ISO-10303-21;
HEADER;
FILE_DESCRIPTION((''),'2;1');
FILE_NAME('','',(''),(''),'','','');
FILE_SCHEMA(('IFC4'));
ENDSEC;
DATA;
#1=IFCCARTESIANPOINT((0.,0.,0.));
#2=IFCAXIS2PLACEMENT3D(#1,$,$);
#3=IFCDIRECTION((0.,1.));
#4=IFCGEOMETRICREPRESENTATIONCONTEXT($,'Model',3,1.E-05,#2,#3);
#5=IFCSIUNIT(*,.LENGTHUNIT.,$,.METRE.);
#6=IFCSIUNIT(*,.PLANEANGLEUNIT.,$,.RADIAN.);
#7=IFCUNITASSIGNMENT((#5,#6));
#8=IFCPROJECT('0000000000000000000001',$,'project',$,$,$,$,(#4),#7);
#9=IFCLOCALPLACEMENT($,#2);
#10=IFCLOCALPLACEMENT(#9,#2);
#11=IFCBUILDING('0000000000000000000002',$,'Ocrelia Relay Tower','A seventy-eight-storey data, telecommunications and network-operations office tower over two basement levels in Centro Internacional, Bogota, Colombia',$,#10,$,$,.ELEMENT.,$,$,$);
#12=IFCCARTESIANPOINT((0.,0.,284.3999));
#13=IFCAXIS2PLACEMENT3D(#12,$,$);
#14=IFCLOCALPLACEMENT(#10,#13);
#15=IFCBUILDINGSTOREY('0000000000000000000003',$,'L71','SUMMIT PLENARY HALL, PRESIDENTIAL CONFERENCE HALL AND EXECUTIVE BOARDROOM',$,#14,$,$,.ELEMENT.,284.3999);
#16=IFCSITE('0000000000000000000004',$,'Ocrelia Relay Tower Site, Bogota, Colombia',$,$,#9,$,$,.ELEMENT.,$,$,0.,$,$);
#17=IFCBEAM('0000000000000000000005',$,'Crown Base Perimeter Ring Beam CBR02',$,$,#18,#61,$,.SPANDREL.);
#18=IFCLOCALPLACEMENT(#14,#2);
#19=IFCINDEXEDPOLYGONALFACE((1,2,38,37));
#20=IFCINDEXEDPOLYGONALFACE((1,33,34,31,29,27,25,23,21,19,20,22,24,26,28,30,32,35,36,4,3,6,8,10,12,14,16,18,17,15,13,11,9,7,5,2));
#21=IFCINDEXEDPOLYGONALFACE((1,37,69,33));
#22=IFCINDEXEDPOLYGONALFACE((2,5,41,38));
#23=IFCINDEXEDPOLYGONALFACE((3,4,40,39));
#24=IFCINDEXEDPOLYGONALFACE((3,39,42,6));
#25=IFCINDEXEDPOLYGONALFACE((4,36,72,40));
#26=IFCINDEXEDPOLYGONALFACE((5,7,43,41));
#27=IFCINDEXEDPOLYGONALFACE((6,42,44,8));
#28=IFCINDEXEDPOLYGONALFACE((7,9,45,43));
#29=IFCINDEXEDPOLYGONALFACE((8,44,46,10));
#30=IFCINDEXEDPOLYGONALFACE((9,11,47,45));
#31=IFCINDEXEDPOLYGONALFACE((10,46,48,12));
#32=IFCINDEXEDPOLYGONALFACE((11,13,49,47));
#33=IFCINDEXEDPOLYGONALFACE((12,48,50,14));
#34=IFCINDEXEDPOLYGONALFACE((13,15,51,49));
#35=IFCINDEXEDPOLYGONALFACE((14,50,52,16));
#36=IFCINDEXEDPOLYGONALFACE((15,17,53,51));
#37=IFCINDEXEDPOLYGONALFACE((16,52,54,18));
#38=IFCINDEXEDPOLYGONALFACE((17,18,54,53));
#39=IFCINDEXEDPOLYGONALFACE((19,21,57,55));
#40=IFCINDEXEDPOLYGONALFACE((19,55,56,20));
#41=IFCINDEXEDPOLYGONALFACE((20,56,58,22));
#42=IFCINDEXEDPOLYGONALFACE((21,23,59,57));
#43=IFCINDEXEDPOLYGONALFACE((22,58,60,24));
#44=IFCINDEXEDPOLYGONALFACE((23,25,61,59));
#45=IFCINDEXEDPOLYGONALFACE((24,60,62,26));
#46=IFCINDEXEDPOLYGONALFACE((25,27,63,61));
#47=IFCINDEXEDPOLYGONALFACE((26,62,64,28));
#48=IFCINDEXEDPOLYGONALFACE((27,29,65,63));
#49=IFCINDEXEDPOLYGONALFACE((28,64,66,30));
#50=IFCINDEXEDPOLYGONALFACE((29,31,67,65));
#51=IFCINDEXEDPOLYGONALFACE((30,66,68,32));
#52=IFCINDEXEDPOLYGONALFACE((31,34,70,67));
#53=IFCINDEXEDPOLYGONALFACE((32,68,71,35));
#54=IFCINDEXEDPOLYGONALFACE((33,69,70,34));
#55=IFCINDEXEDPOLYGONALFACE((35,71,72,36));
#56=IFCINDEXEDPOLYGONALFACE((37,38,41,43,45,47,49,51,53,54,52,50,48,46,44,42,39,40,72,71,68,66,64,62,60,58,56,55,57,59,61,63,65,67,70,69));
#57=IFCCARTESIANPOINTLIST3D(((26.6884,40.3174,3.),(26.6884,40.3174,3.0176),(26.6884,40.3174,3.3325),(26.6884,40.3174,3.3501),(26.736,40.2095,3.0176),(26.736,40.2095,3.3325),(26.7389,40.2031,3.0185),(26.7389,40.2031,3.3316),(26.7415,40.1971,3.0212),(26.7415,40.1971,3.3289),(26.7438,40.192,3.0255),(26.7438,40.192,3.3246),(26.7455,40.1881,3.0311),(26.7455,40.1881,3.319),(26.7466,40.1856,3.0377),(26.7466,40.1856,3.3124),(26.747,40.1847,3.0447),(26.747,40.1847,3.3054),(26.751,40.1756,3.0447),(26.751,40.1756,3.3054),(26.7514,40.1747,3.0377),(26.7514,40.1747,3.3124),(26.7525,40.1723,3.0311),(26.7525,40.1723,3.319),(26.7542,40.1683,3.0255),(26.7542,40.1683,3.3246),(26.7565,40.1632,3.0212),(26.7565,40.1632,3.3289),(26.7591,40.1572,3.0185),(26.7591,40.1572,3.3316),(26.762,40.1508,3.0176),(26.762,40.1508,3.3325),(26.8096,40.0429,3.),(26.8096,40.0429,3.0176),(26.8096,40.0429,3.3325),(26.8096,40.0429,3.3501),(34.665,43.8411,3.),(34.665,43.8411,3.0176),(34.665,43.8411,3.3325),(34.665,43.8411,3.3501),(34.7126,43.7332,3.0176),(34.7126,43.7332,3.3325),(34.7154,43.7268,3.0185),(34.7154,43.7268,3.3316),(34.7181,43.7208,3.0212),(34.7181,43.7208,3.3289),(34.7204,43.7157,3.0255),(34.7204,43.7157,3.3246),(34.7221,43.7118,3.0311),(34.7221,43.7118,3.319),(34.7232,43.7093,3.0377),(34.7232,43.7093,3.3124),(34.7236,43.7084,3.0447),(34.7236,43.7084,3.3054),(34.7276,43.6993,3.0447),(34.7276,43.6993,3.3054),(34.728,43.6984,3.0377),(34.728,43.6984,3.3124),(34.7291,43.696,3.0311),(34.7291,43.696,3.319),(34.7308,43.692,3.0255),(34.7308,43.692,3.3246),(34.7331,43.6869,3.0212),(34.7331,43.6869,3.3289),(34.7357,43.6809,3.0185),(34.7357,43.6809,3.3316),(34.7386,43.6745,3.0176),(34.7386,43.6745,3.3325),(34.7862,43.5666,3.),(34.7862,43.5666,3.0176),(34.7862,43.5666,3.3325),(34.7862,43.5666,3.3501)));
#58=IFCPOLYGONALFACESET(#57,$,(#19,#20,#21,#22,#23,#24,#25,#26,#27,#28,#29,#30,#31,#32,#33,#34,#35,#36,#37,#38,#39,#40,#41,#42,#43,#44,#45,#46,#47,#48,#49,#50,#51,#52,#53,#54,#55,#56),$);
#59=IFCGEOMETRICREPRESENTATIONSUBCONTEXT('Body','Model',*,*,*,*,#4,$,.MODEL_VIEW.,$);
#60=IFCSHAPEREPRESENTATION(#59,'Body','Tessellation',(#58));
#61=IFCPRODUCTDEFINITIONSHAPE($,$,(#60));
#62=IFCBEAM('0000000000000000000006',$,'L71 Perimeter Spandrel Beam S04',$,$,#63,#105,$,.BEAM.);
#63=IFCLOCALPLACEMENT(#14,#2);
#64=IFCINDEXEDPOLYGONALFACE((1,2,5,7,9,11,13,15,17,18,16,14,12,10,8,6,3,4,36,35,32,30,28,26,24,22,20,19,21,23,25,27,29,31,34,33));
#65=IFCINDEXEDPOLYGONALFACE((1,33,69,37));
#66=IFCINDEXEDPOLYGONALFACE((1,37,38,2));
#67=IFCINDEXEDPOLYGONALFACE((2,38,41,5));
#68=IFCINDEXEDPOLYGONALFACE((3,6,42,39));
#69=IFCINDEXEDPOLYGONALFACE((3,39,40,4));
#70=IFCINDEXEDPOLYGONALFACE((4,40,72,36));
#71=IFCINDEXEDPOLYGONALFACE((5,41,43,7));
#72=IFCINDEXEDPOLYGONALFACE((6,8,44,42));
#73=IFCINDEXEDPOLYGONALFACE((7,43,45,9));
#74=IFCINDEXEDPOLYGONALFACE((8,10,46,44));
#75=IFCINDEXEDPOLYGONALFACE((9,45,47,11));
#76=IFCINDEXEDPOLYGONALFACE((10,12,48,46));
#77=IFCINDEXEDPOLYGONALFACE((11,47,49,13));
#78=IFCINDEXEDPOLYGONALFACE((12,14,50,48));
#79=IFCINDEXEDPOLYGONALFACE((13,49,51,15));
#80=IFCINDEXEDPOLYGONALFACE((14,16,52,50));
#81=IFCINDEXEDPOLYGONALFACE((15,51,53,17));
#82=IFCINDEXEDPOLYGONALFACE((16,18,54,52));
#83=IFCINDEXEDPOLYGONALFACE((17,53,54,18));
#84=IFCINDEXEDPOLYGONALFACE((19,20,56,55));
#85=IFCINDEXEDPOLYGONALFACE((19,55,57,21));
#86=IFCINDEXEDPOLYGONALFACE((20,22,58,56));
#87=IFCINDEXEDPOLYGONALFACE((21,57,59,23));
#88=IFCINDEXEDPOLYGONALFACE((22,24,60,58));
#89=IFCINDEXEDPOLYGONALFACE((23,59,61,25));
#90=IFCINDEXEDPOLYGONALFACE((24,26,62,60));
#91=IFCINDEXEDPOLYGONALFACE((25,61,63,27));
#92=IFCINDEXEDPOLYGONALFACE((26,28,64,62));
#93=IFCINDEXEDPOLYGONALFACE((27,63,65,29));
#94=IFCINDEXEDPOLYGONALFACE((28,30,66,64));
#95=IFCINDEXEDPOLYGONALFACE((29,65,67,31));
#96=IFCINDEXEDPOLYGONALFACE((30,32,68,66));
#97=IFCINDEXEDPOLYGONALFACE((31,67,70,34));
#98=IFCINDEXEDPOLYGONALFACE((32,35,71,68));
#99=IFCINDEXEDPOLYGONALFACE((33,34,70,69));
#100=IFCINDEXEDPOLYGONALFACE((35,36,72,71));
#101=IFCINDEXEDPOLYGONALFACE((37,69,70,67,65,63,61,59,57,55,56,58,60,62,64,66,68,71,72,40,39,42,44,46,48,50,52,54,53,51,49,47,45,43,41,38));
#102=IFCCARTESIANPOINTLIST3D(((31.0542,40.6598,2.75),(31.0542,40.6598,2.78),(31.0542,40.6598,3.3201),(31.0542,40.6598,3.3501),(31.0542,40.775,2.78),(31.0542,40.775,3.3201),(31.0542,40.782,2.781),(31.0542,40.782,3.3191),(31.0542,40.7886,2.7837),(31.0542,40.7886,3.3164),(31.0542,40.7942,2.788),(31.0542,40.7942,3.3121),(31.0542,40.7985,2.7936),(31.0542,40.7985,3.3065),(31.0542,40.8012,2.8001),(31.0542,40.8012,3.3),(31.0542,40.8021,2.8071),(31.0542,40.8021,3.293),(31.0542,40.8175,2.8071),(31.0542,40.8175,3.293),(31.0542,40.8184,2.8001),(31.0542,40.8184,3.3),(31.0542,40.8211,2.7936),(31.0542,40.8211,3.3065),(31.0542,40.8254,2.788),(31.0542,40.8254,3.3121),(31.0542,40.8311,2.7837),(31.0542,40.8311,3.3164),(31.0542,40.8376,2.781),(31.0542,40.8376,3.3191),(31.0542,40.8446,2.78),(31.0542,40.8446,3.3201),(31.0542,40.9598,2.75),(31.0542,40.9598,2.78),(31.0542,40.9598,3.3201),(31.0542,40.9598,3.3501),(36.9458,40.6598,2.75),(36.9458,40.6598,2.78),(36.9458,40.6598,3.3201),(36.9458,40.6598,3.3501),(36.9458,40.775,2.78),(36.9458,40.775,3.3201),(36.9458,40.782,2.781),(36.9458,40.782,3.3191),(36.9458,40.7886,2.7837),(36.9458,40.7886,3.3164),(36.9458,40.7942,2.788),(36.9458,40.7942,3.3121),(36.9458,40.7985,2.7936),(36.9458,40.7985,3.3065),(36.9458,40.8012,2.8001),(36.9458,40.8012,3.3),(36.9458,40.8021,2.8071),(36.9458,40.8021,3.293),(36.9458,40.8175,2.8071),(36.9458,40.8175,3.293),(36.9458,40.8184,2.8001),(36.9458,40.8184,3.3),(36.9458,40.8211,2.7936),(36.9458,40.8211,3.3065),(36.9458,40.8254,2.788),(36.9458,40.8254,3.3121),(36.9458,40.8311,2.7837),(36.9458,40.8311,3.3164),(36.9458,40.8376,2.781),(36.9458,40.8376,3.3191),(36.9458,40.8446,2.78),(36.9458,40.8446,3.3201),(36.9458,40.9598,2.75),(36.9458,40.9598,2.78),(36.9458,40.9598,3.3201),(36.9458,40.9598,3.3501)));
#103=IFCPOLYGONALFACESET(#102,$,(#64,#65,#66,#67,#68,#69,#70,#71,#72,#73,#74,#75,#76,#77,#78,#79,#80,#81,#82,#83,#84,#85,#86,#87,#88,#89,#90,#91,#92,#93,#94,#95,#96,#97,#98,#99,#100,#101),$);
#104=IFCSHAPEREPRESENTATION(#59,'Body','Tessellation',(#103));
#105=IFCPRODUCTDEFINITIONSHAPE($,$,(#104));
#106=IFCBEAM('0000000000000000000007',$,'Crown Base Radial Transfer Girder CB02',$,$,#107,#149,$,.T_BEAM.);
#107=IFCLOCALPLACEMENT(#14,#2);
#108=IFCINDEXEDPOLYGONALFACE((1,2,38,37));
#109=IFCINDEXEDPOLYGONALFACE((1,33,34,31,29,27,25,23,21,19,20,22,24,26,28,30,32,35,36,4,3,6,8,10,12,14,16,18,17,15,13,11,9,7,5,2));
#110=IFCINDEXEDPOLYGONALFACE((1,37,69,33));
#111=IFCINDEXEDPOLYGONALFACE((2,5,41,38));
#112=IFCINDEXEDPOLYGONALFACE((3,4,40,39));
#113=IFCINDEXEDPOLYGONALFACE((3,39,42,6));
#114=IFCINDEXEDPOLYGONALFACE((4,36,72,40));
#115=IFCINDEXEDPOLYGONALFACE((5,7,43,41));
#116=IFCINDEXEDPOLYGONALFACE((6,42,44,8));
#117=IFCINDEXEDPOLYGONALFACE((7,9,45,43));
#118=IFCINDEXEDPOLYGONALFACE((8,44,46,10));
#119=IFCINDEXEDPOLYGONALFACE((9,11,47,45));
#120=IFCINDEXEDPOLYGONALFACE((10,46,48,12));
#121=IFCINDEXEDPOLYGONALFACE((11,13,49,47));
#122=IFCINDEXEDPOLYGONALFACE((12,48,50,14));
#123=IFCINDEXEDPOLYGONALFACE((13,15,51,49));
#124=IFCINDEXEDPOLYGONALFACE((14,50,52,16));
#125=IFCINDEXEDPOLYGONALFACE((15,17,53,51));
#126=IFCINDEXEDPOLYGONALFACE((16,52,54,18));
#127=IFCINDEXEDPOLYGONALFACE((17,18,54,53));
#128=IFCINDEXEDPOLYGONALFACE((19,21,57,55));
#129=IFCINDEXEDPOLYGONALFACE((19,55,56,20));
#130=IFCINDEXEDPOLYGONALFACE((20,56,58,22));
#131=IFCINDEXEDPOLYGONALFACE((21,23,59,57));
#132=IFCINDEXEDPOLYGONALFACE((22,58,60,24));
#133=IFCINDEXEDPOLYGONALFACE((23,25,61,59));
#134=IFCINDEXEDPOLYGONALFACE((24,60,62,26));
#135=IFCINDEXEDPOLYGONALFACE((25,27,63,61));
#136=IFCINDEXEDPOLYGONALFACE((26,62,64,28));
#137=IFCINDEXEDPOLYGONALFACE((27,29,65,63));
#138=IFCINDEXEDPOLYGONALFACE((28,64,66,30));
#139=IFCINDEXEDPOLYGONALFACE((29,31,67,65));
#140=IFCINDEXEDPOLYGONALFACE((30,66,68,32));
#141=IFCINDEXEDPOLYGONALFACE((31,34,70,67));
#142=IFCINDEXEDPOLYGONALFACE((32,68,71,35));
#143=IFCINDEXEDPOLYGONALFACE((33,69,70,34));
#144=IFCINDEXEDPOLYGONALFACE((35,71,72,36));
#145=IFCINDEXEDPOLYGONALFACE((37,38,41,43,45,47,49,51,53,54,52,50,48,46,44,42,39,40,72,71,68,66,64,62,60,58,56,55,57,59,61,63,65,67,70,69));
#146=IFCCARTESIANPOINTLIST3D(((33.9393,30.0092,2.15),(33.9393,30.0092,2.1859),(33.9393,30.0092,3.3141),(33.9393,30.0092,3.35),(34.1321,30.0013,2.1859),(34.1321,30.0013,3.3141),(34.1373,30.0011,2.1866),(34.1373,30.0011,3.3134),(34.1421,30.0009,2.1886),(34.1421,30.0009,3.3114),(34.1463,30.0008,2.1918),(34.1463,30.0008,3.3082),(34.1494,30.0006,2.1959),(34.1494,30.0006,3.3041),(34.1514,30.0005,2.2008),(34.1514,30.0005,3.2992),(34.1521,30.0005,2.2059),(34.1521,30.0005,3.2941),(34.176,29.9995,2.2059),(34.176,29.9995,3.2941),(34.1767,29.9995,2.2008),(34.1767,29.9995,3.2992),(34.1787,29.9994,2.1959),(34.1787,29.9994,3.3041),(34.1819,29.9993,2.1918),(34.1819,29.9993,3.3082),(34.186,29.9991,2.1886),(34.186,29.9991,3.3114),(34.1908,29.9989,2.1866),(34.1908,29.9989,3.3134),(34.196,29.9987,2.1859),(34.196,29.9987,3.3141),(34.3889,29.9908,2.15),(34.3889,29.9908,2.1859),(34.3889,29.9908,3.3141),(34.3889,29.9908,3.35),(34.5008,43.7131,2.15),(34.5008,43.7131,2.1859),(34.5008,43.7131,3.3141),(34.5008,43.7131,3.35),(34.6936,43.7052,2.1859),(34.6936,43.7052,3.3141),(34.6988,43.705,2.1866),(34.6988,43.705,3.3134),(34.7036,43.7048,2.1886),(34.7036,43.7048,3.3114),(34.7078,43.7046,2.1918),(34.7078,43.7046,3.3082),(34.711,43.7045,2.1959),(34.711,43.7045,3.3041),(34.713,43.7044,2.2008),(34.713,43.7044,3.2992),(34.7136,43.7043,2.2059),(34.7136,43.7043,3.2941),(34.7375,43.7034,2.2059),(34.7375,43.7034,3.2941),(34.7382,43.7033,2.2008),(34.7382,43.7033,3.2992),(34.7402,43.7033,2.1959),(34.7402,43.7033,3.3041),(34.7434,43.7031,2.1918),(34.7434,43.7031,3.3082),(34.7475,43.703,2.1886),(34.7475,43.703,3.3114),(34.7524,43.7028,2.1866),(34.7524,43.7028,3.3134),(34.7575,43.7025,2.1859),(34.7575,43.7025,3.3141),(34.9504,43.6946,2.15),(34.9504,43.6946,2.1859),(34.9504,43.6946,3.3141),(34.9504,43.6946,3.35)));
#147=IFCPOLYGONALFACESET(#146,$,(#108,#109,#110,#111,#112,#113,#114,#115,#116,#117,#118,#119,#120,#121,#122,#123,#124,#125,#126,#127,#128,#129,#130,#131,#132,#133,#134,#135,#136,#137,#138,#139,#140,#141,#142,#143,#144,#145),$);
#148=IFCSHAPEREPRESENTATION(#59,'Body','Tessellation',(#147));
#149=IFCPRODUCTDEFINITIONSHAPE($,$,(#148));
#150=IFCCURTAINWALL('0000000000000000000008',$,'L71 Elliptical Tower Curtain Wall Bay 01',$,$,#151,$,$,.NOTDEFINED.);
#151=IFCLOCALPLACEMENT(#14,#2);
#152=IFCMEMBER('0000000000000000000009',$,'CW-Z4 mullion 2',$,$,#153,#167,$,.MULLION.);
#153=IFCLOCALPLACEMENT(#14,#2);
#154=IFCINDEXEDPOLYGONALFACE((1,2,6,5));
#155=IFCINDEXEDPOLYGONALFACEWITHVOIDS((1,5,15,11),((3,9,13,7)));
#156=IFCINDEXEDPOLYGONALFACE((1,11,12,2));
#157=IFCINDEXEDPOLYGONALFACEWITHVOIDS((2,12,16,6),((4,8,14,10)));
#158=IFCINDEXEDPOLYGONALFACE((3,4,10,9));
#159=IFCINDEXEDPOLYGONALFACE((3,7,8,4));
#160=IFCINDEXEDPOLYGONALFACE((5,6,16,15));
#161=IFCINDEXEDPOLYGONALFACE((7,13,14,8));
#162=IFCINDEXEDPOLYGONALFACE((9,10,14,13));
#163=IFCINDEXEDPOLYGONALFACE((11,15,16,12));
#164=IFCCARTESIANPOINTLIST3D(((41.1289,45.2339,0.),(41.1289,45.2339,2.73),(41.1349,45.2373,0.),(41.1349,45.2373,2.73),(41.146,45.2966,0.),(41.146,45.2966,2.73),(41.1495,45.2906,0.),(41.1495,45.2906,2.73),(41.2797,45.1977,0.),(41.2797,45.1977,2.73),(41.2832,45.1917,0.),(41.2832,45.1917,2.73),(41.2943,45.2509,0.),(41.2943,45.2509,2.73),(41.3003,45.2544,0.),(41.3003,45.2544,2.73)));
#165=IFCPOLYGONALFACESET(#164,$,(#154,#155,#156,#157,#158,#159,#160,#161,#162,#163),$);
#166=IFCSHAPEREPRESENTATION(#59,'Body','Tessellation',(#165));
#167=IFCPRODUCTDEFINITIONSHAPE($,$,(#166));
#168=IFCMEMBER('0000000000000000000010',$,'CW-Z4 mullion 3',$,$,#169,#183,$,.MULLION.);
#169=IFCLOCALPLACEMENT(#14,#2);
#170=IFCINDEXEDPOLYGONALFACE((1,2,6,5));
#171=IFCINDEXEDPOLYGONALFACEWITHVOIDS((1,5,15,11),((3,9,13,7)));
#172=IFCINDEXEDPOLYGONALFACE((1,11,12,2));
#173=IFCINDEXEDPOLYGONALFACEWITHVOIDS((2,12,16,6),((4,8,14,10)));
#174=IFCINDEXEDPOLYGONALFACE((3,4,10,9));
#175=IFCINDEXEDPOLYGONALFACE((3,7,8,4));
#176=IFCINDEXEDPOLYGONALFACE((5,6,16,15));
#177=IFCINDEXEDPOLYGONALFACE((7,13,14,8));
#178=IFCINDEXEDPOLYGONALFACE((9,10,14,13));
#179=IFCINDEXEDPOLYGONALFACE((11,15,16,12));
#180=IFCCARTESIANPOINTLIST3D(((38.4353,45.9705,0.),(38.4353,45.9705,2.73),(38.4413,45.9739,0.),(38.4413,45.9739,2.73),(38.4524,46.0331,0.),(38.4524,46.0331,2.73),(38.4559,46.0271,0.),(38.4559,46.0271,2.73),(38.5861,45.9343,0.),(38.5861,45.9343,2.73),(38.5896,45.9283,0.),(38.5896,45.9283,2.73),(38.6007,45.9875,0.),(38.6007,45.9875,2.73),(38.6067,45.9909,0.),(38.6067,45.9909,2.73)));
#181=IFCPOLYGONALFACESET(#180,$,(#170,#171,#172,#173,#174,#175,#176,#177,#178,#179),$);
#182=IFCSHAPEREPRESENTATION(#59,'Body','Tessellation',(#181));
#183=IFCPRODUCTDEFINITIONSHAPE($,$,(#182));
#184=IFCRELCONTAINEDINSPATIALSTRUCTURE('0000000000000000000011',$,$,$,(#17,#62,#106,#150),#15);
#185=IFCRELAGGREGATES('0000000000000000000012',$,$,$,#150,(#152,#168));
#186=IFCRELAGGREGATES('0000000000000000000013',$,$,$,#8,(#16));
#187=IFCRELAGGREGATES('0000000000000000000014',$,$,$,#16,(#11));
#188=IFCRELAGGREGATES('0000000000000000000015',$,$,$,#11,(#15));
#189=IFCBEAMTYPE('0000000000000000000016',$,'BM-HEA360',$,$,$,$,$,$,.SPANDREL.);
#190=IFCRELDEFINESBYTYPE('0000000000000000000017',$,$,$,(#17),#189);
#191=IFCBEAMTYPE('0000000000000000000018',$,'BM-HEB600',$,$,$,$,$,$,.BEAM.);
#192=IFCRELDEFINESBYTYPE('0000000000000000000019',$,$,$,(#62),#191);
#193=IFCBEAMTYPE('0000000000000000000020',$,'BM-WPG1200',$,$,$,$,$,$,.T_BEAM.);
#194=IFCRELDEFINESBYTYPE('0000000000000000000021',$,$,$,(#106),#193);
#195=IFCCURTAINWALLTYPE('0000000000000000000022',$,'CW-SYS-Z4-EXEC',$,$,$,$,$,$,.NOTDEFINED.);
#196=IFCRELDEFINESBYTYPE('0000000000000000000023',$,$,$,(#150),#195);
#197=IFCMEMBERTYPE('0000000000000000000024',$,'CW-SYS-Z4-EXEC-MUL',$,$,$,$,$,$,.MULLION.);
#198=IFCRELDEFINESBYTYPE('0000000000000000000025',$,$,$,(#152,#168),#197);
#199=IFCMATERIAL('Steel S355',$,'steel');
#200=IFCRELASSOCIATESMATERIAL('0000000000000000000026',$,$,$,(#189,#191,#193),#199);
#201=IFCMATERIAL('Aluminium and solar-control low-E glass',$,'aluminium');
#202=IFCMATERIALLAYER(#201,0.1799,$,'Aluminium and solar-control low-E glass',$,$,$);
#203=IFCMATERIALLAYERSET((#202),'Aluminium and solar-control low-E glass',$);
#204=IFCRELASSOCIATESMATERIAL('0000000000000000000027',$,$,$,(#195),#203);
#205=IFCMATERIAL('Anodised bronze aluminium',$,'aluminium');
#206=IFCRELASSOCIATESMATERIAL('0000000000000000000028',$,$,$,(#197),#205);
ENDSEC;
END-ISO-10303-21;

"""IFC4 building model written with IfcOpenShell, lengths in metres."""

from ifc_helpers import new_model, si_unit, direction, frame, origin, origin_2d, place, context, subcontext, project, spatial, hollow_rectangle, i_section, extrude, material, layer, layer_set, material_profile, profile_set, type_object, element, aggregate, save


model = new_model("IFC4")

# Units and contexts
model_context = context("Model", 3, precision=1e-05, world=origin(), true_north=direction((0.0, 1.0)))
body_context = subcontext(model_context, "Body", "Model", "MODEL_VIEW")
ifc_project = project(units=[si_unit("LENGTHUNIT", "METRE"), si_unit("PLANEANGLEUNIT", "RADIAN")], contexts=[model_context])

# Site, building, storey
site_placement = place(None, origin())
site = spatial("IfcSite", under=ifc_project, at=site_placement, Name="Ocrelia Relay Tower Site, Bogota, Colombia", CompositionType="ELEMENT", RefElevation=0.0)
building_placement = place(site_placement, origin())
building = spatial("IfcBuilding", under=site, at=building_placement, Name="Ocrelia Relay Tower", Description="A seventy-eight-storey data, telecommunications and network-operations office tower over two basement levels in Centro Internacional, Bogota, Colombia", CompositionType="ELEMENT")
storey_placement = place(building_placement, frame((0.0, 0.0, 284.3999)))
storey = spatial("IfcBuildingStorey", under=building, at=storey_placement, Name="L71", Description="SUMMIT PLENARY HALL, PRESIDENTIAL CONFERENCE HALL AND EXECUTIVE BOARDROOM", CompositionType="ELEMENT", Elevation=284.3999)

# Beams
ifc_material_1 = material(Name="Steel S355", Category="steel")
ifc_material_profile_1 = material_profile(ifc_material_1, i_section(OverallWidth=0.3, OverallDepth=0.3501, WebThickness=0.01, FlangeThickness=0.0176, FilletRadius=0.0271, at=origin_2d()), Name="HEA 360")
ifc_profile_set_1 = profile_set([ifc_material_profile_1], Name="Steel S355")
beam_type_1 = type_object("IfcBeamType", Name="BM-HEA360", PredefinedType="SPANDREL", material=ifc_profile_set_1)
beam_1_placement = place(storey_placement, frame((34.7256, 43.7039, 3.175), z_axis=(-0.914722, -0.404083, 0.0), x_axis=(0.404083, -0.914722, 0.0)))
element("IfcBeam", 1, at=beam_1_placement, inside=storey, type_object=beam_type_1, Name="Crown Base Perimeter Ring Beam CBR02", PredefinedType="SPANDREL", context=body_context, shape_type="SweptSolid", body=[
    extrude(i_section(OverallWidth=0.3, OverallDepth=0.3501, WebThickness=0.01, FlangeThickness=0.0176, FilletRadius=0.0271, at=origin_2d()), origin(), (0.0, 0.0, 1.0), 8.7202),
])
ifc_material_profile_2 = material_profile(ifc_material_1, i_section(OverallWidth=0.3, OverallDepth=0.6001, WebThickness=0.0154, FlangeThickness=0.03, FilletRadius=0.0271, at=origin_2d()), Name="HEB 600")
ifc_profile_set_2 = profile_set([ifc_material_profile_2], Name="Steel S355")
beam_type_2 = type_object("IfcBeamType", Name="BM-HEB600", PredefinedType="BEAM", material=ifc_profile_set_2)
beam_2_placement = place(storey_placement, frame((36.9458, 40.8098, 3.05), z_axis=(-1.0, 0.0, 0.0), x_axis=(0.0, -1.0, 0.0)))
element("IfcBeam", 2, at=beam_2_placement, inside=storey, type_object=beam_type_2, Name="L71 Perimeter Spandrel Beam S04", PredefinedType="BEAM", context=body_context, shape_type="SweptSolid", body=[
    extrude(i_section(OverallWidth=0.3, OverallDepth=0.6001, WebThickness=0.0154, FlangeThickness=0.03, FilletRadius=0.0271, at=origin_2d()), origin(), (0.0, 0.0, 1.0), 5.8916),
])
ifc_material_profile_3 = material_profile(ifc_material_1, i_section(OverallWidth=0.45, OverallDepth=1.2, WebThickness=0.0239, FlangeThickness=0.0359, FilletRadius=0.02, at=origin_2d()), Name="WPG 1200x450")
ifc_profile_set_3 = profile_set([ifc_material_profile_3], Name="Steel S355")
beam_type_3 = type_object("IfcBeamType", Name="BM-WPG1200", PredefinedType="T_BEAM", material=ifc_profile_set_3)
beam_3_placement = place(storey_placement, frame((34.7256, 43.7039, 2.75), z_axis=(-0.040941, -0.999162, 0.0), x_axis=(0.999162, -0.040941, 0.0)))
element("IfcBeam", 3, at=beam_3_placement, inside=storey, type_object=beam_type_3, Name="Crown Base Radial Transfer Girder CB02", PredefinedType="T_BEAM", context=body_context, shape_type="SweptSolid", body=[
    extrude(i_section(OverallWidth=0.45, OverallDepth=1.2, WebThickness=0.0239, FlangeThickness=0.0359, FilletRadius=0.02, at=origin_2d()), origin(), (0.0, 0.0, 1.0), 13.7153),
])

# Curtain wall, members
ifc_material_2 = material(Name="Aluminium and solar-control low-E glass", Category="aluminium")
ifc_layer_1 = layer(ifc_material_2, 0.1799, Name="Aluminium and solar-control low-E glass")
ifc_layer_set_1 = layer_set([ifc_layer_1], Name="Aluminium and solar-control low-E glass")
curtain_wall_type = type_object("IfcCurtainWallType", Name="CW-SYS-Z4-EXEC", PredefinedType="NOTDEFINED", material=ifc_layer_set_1)
curtain_wall_placement = place(storey_placement, origin())
curtain_wall = element("IfcCurtainWall", 4, at=curtain_wall_placement, inside=storey, type_object=curtain_wall_type, Name="L71 Elliptical Tower Curtain Wall Bay 01", PredefinedType="NOTDEFINED")
ifc_material_3 = material(Name="Anodised bronze aluminium", Category="aluminium")
ifc_material_profile_4 = material_profile(ifc_material_3, hollow_rectangle(XDim=0.0649, YDim=0.1599, WallThickness=0.0049, at=origin_2d()), Name="CW-MUL-160x65")
ifc_profile_set_4 = profile_set([ifc_material_profile_4], Name="Anodised bronze aluminium")
member_type_1 = type_object("IfcMemberType", Name="CW-SYS-Z4-EXEC-MUL", PredefinedType="MULLION", material=ifc_profile_set_4)
member_1_placement = place(storey_placement, frame((41.2146, 45.2441, 0.0), z_axis=(0.0, 0.0, 1.0), x_axis=(-0.263827, -0.96457, 0.0)))
member_1 = element("IfcMember", 5, at=member_1_placement, type_object=member_type_1, Name="CW-Z4 mullion 2", PredefinedType="MULLION", context=body_context, shape_type="SweptSolid", body=[
    extrude(hollow_rectangle(XDim=0.0649, YDim=0.1599, WallThickness=0.0049, at=origin_2d()), origin(), (0.0, 0.0, 1.0), 2.73),
])
member_2_placement = place(storey_placement, frame((38.521, 45.9807, 0.0), z_axis=(0.0, 0.0, 1.0), x_axis=(-0.263827, -0.96457, 0.0)))
member_2 = element("IfcMember", 6, at=member_2_placement, type_object=member_type_1, Name="CW-Z4 mullion 3", PredefinedType="MULLION", context=body_context, shape_type="SweptSolid", body=[
    extrude(hollow_rectangle(XDim=0.0649, YDim=0.1599, WallThickness=0.0049, at=origin_2d()), origin(), (0.0, 0.0, 1.0), 2.73),
])
aggregate(curtain_wall, [member_1, member_2])

save(model, "model.ifc")
